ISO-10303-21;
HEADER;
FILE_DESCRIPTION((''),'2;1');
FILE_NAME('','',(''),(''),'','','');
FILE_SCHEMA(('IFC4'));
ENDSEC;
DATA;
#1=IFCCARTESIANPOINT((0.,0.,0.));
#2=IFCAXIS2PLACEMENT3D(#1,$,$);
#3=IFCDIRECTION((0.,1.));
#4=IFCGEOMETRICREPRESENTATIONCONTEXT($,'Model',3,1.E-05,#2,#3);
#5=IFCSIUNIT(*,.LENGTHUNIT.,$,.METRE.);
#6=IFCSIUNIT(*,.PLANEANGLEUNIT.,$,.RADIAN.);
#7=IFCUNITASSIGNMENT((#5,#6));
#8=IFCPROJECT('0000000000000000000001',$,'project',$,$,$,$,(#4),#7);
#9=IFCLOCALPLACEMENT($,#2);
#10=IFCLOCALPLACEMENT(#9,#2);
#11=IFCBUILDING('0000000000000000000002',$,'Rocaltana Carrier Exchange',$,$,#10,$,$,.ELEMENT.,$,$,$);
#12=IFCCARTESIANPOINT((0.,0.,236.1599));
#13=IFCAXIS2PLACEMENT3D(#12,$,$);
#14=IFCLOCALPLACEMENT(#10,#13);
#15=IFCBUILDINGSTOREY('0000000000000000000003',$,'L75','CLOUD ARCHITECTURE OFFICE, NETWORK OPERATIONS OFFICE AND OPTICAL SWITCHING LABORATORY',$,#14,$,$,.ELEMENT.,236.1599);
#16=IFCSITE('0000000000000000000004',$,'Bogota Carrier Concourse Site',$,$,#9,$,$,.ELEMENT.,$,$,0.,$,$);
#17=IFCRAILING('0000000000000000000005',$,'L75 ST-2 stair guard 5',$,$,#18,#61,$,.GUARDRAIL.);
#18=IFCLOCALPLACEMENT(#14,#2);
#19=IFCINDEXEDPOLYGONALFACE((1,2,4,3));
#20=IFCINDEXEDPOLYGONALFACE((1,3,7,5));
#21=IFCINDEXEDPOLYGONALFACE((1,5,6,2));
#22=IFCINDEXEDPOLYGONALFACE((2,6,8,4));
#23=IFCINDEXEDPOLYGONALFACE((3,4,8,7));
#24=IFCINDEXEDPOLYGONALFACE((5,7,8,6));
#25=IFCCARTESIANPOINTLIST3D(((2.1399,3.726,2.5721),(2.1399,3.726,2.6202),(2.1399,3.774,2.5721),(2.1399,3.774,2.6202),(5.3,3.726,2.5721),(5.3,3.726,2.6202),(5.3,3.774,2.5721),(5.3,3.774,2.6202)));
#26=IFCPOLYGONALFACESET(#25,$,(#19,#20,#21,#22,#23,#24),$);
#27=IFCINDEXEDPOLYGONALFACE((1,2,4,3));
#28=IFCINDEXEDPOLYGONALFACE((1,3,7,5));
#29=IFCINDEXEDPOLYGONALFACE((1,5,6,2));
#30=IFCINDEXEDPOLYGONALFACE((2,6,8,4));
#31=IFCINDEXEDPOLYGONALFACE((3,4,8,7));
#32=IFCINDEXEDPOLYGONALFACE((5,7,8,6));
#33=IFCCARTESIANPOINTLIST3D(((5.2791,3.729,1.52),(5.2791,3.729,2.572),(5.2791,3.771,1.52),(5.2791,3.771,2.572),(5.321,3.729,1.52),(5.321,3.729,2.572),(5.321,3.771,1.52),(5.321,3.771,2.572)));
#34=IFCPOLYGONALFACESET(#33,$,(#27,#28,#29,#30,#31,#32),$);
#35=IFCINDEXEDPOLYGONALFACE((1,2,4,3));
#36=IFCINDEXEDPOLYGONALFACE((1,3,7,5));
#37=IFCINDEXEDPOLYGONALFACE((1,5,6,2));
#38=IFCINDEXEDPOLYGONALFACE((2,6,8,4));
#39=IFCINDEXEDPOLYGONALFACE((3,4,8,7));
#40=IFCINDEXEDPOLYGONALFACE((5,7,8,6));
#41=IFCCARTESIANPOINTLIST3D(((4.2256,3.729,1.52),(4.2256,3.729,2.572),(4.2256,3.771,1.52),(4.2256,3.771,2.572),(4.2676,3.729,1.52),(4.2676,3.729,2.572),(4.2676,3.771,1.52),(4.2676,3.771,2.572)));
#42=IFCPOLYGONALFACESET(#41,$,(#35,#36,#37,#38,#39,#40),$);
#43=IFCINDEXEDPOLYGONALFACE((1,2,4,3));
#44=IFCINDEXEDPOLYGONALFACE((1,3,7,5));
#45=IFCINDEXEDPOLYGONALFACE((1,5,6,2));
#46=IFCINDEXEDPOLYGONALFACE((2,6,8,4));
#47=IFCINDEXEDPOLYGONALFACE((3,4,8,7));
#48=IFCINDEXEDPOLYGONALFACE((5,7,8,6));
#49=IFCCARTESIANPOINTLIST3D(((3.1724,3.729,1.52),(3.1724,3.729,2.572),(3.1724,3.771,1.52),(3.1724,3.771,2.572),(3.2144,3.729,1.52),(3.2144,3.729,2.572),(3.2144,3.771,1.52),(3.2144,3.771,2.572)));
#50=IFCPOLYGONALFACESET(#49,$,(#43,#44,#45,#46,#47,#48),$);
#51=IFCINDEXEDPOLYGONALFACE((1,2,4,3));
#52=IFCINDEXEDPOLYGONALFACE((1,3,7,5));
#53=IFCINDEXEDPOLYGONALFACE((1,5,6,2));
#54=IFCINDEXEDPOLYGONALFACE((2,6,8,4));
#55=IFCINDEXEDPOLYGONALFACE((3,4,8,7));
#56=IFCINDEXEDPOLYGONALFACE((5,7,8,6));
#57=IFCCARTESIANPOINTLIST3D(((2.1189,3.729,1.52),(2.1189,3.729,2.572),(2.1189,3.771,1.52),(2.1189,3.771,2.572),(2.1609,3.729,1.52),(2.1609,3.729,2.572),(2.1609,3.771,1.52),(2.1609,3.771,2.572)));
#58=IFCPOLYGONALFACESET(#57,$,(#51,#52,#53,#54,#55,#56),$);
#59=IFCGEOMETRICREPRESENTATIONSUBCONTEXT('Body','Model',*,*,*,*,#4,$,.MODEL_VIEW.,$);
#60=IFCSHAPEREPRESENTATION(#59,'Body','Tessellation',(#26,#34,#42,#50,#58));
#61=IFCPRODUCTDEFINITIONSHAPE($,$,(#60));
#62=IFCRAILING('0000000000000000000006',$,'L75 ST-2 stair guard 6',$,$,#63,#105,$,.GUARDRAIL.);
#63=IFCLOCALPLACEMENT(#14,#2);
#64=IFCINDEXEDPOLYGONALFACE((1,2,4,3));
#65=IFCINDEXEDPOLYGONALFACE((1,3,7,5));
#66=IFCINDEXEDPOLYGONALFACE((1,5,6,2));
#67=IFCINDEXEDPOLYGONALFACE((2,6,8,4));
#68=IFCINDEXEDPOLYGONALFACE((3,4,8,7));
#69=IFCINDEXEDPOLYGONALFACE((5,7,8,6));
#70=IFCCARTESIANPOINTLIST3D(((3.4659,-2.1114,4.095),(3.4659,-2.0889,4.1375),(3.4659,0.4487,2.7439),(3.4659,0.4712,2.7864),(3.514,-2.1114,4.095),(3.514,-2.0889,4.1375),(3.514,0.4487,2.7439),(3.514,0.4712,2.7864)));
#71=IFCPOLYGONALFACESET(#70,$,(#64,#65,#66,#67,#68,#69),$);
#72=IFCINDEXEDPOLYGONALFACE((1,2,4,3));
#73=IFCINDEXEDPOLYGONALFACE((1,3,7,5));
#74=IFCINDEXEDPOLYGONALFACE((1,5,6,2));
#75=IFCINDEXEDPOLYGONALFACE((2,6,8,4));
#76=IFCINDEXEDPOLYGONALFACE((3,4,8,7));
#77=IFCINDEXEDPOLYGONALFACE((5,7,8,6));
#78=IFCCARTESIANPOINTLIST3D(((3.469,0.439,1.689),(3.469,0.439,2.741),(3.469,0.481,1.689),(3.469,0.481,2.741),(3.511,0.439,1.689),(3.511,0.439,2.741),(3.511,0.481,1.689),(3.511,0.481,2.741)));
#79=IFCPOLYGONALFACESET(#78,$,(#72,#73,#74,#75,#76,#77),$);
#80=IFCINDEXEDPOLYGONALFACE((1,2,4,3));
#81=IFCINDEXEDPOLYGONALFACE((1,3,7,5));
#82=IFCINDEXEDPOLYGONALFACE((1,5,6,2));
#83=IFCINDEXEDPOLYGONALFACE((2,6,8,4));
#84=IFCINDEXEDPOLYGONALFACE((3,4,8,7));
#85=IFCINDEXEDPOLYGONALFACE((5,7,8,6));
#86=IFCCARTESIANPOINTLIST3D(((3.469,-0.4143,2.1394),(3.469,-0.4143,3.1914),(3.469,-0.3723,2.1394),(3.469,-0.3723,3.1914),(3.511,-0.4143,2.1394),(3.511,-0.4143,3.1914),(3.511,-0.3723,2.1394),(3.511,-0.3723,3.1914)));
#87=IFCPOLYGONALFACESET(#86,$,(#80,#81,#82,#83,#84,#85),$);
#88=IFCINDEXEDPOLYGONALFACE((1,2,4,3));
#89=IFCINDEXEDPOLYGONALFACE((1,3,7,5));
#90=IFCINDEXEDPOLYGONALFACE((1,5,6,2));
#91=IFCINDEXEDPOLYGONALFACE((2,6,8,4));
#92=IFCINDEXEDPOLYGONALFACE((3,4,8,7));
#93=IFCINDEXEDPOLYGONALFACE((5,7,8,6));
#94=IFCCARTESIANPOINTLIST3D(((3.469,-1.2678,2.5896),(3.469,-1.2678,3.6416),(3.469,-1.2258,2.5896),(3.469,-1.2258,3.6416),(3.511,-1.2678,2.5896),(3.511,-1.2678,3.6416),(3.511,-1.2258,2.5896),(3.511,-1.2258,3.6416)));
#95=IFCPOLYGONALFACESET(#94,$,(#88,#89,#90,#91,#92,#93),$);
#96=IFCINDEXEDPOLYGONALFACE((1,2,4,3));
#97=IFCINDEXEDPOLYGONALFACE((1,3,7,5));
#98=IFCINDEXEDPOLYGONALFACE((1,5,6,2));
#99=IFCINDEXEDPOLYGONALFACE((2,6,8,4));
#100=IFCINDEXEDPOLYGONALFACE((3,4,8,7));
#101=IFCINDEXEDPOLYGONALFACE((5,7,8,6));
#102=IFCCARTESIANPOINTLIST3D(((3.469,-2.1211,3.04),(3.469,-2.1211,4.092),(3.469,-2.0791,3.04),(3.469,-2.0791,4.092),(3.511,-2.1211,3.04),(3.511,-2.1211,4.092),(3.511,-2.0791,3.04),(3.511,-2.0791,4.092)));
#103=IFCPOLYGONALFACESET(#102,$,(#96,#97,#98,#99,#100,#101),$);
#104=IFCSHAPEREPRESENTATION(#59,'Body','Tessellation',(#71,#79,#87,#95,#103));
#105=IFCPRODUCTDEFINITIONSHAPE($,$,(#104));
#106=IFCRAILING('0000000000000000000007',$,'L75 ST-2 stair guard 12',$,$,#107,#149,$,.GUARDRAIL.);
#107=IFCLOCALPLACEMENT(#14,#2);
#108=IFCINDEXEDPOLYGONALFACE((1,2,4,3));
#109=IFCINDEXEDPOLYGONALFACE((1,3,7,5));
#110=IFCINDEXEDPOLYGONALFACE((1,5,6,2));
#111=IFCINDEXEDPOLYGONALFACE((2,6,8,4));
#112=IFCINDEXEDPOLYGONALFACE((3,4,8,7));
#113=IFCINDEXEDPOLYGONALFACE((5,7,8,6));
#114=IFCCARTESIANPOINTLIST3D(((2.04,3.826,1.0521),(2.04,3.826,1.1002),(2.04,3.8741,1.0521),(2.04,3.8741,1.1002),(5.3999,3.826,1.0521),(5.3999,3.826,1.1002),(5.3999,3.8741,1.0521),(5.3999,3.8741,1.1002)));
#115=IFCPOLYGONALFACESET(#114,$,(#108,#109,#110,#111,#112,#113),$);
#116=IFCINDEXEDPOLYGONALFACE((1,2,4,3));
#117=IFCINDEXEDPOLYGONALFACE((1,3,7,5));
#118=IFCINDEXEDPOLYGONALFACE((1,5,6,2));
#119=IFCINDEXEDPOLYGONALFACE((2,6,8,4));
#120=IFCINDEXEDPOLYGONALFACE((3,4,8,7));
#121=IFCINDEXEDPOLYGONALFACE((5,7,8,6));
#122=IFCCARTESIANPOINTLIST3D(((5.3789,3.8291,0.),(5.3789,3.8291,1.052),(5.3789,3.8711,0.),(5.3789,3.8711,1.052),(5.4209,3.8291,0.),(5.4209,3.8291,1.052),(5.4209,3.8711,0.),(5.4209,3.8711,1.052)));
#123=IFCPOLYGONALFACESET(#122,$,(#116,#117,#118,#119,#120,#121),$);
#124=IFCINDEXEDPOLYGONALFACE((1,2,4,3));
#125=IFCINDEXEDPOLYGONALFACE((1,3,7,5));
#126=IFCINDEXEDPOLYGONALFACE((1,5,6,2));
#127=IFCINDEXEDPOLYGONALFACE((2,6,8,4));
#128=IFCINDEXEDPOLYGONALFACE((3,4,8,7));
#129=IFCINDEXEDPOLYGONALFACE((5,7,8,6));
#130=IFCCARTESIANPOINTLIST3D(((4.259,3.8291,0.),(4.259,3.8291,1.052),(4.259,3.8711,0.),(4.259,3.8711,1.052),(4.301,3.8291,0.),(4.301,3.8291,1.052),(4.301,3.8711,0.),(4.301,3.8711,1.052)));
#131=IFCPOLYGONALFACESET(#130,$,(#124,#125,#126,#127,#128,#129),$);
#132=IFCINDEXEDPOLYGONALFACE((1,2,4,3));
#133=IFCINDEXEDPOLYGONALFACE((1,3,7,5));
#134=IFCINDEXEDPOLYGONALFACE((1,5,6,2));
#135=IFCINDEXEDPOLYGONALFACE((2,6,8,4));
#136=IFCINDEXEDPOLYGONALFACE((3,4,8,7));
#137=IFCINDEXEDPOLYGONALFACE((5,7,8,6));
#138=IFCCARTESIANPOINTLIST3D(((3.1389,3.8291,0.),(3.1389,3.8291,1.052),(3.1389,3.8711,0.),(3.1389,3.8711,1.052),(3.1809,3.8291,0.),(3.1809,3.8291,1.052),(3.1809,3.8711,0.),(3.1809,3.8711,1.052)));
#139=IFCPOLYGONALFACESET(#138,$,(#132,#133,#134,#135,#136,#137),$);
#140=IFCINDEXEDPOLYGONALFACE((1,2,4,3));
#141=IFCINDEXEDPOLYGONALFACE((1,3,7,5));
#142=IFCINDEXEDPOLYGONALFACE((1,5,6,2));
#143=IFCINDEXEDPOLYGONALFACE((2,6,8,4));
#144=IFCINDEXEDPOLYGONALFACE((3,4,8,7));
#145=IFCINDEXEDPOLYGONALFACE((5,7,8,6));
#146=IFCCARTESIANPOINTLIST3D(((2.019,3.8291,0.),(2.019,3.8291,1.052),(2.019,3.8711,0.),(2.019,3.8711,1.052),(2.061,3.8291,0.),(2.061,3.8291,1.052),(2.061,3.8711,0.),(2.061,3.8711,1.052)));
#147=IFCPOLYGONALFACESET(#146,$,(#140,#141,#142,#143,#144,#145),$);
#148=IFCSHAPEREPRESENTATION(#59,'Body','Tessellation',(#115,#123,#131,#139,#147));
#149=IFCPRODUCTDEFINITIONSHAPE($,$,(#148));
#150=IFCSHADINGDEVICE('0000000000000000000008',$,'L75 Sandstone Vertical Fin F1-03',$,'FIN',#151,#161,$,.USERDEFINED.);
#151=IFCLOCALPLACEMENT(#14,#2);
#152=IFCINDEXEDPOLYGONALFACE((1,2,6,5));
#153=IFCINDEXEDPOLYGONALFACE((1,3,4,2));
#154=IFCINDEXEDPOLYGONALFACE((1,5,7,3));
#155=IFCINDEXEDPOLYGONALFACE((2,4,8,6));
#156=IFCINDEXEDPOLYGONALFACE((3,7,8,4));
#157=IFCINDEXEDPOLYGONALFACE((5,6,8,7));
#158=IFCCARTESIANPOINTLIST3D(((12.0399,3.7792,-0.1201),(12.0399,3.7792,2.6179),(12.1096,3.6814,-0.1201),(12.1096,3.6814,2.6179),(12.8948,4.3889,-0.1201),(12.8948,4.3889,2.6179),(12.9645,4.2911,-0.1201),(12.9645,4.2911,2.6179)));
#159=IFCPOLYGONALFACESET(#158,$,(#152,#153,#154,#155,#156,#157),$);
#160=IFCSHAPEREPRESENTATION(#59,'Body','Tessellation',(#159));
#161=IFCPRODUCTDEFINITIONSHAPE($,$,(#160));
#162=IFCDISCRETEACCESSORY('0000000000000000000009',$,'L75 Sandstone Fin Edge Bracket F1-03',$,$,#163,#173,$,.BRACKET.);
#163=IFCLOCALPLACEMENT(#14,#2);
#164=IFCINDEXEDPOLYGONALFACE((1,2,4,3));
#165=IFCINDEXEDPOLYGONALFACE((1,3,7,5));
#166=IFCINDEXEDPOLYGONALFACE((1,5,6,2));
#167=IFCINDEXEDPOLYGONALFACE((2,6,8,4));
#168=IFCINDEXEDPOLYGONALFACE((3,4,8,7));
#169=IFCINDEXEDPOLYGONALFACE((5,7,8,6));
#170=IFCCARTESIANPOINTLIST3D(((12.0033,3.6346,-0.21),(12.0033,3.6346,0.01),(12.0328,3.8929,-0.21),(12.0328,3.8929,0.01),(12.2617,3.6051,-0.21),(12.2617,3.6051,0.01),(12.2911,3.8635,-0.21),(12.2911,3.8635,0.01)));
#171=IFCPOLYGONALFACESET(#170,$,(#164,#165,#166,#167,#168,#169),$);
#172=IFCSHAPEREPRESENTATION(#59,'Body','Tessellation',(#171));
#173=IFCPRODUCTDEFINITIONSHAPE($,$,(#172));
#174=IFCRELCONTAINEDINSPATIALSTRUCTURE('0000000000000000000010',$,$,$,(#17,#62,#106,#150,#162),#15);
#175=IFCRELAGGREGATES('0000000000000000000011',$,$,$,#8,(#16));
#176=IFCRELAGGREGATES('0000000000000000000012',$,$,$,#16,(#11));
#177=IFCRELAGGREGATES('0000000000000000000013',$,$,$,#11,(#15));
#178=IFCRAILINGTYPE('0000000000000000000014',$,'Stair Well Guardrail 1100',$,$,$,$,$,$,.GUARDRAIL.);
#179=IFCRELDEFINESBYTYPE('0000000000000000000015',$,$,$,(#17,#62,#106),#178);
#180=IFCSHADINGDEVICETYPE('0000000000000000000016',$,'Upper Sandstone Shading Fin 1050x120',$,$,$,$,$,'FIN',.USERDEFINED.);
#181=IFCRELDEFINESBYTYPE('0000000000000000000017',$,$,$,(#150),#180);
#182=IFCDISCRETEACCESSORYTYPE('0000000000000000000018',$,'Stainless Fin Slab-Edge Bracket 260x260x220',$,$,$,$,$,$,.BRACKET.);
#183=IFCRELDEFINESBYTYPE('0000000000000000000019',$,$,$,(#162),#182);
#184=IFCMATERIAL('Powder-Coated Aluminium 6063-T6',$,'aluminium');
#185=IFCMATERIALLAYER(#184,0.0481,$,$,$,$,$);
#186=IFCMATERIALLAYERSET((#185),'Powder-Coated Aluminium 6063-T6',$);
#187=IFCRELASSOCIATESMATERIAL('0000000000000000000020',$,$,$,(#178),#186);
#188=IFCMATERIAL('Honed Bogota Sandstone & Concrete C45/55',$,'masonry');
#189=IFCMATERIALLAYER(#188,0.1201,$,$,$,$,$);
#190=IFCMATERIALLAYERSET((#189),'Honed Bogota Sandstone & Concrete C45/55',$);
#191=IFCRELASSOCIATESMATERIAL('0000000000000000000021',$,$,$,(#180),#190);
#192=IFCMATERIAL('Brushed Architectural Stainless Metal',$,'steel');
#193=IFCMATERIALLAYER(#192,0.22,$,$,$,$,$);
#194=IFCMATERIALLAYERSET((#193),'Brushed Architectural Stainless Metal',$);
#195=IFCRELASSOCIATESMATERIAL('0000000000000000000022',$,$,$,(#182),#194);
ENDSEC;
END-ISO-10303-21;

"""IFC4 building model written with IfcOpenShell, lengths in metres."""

from ifc_helpers import new_model, si_unit, direction, frame, origin, origin_2d, place, context, subcontext, project, spatial, rectangle, extrude, material, layer, layer_set, type_object, element, save


model = new_model("IFC4")

# Units and contexts
model_context = context("Model", 3, precision=1e-05, world=origin(), true_north=direction((0.0, 1.0)))
body_context = subcontext(model_context, "Body", "Model", "MODEL_VIEW")
ifc_project = project(units=[si_unit("LENGTHUNIT", "METRE"), si_unit("PLANEANGLEUNIT", "RADIAN")], contexts=[model_context])

# Site, building, storey
site_placement = place(None, origin())
site = spatial("IfcSite", under=ifc_project, at=site_placement, Name="Bogota Carrier Concourse Site", CompositionType="ELEMENT", RefElevation=0.0)
building_placement = place(site_placement, origin())
building = spatial("IfcBuilding", under=site, at=building_placement, Name="Rocaltana Carrier Exchange", CompositionType="ELEMENT")
storey_placement = place(building_placement, frame((0.0, 0.0, 236.1599)))
storey = spatial("IfcBuildingStorey", under=building, at=storey_placement, Name="L75", Description="CLOUD ARCHITECTURE OFFICE, NETWORK OPERATIONS OFFICE AND OPTICAL SWITCHING LABORATORY", CompositionType="ELEMENT", Elevation=236.1599)

# Railings
ifc_material_1 = material(Name="Powder-Coated Aluminium 6063-T6", Category="aluminium")
ifc_layer_1 = layer(ifc_material_1, 0.0481)
ifc_layer_set_1 = layer_set([ifc_layer_1], Name="Powder-Coated Aluminium 6063-T6")
railing_type_1 = type_object("IfcRailingType", Name="Stair Well Guardrail 1100", PredefinedType="GUARDRAIL", material=ifc_layer_set_1)
railing_1_placement = place(storey_placement, frame((5.3, 3.75, 1.52)))
element("IfcRailing", 1, at=railing_1_placement, inside=storey, type_object=railing_type_1, Name="L75 ST-2 stair guard 5", PredefinedType="GUARDRAIL", context=body_context, shape_type="SweptSolid", body=[
    extrude(rectangle(XDim=0.0481, YDim=0.0481, at=origin_2d()), frame((0.0, 0.0, 1.0762), z_axis=(-1.0, 0.0, 0.0), x_axis=(0.0, -1.0, 0.0)), (0.0, 0.0, 1.0), 3.1602),
    extrude(rectangle(XDim=0.042, YDim=0.042, at=origin_2d()), origin(), (0.0, 0.0, 1.0), 1.052),
    extrude(rectangle(XDim=0.042, YDim=0.042, at=origin_2d()), frame((-1.0535, 0.0, 0.0)), (0.0, 0.0, 1.0), 1.052),
    extrude(rectangle(XDim=0.042, YDim=0.042, at=origin_2d()), frame((-2.1067, 0.0, 0.0)), (0.0, 0.0, 1.0), 1.052),
    extrude(rectangle(XDim=0.042, YDim=0.042, at=origin_2d()), frame((-3.1602, 0.0, 0.0)), (0.0, 0.0, 1.0), 1.052),
])
railing_2_placement = place(storey_placement, frame((3.49, 0.46, 1.689)))
element("IfcRailing", 2, at=railing_2_placement, inside=storey, type_object=railing_type_1, Name="L75 ST-2 stair guard 6", PredefinedType="GUARDRAIL", context=body_context, shape_type="SweptSolid", body=[
    extrude(rectangle(XDim=0.0481, YDim=0.0481, at=origin_2d()), frame((0.0, 0.0, 1.0762), z_axis=(0.0, -0.884394, 0.46674), x_axis=(1.0, 0.0, 0.0)), (0.0, 0.0, 1.0), 2.8948),
    extrude(rectangle(XDim=0.042, YDim=0.042, at=origin_2d()), origin(), (0.0, 0.0, 1.0), 1.052),
    extrude(rectangle(XDim=0.042, YDim=0.042, at=origin_2d()), frame((0.0, -0.8533, 0.4504)), (0.0, 0.0, 1.0), 1.052),
    extrude(rectangle(XDim=0.042, YDim=0.042, at=origin_2d()), frame((0.0, -1.7068, 0.9006)), (0.0, 0.0, 1.0), 1.052),
    extrude(rectangle(XDim=0.042, YDim=0.042, at=origin_2d()), frame((0.0, -2.5601, 1.3511)), (0.0, 0.0, 1.0), 1.052),
])
railing_3_placement = place(storey_placement, frame((5.3999, 3.8501, 0.0)))
element("IfcRailing", 3, at=railing_3_placement, inside=storey, type_object=railing_type_1, Name="L75 ST-2 stair guard 12", PredefinedType="GUARDRAIL", context=body_context, shape_type="SweptSolid", body=[
    extrude(rectangle(XDim=0.0481, YDim=0.0481, at=origin_2d()), frame((0.0, 0.0, 1.0762), z_axis=(-1.0, 0.0, 0.0), x_axis=(0.0, -1.0, 0.0)), (0.0, 0.0, 1.0), 3.3599),
    extrude(rectangle(XDim=0.042, YDim=0.042, at=origin_2d()), origin(), (0.0, 0.0, 1.0), 1.052),
    extrude(rectangle(XDim=0.042, YDim=0.042, at=origin_2d()), frame((-1.1199, 0.0, 0.0)), (0.0, 0.0, 1.0), 1.052),
    extrude(rectangle(XDim=0.042, YDim=0.042, at=origin_2d()), frame((-2.24, 0.0, 0.0)), (0.0, 0.0, 1.0), 1.052),
    extrude(rectangle(XDim=0.042, YDim=0.042, at=origin_2d()), frame((-3.3599, 0.0, 0.0)), (0.0, 0.0, 1.0), 1.052),
])

# Shading device
ifc_material_2 = material(Name="Honed Bogota Sandstone & Concrete C45/55", Category="masonry")
ifc_layer_2 = layer(ifc_material_2, 0.1201)
ifc_layer_set_2 = layer_set([ifc_layer_2], Name="Honed Bogota Sandstone & Concrete C45/55")
shading_device_type = type_object("IfcShadingDeviceType", Name="Upper Sandstone Shading Fin 1050x120", ElementType="FIN", PredefinedType="USERDEFINED", material=ifc_layer_set_2)
shading_device_placement = place(storey_placement, frame((12.5022, 4.0352, -0.1201), z_axis=(0.0, 0.0, 1.0), x_axis=(0.814116, 0.580703, 0.0)))
element("IfcShadingDevice", 4, at=shading_device_placement, inside=storey, type_object=shading_device_type, Name="L75 Sandstone Vertical Fin F1-03", ObjectType="FIN", PredefinedType="USERDEFINED", context=body_context, shape_type="SweptSolid", body=[
    extrude(rectangle(XDim=1.05, YDim=0.1201, at=origin_2d()), origin(), (0.0, 0.0, 1.0), 2.738),
])

# Discrete accessory
ifc_material_3 = material(Name="Brushed Architectural Stainless Metal", Category="steel")
ifc_layer_3 = layer(ifc_material_3, 0.22)
ifc_layer_set_3 = layer_set([ifc_layer_3], Name="Brushed Architectural Stainless Metal")
discrete_accessory_type = type_object("IfcDiscreteAccessoryType", Name="Stainless Fin Slab-Edge Bracket 260x260x220", PredefinedType="BRACKET", material=ifc_layer_set_3)
discrete_accessory_placement = place(storey_placement, frame((12.1472, 3.749, -0.21), z_axis=(0.0, 0.0, 1.0), x_axis=(0.113203, 0.993572, 0.0)))
element("IfcDiscreteAccessory", 5, at=discrete_accessory_placement, inside=storey, type_object=discrete_accessory_type, Name="L75 Sandstone Fin Edge Bracket F1-03", PredefinedType="BRACKET", context=body_context, shape_type="SweptSolid", body=[
    extrude(rectangle(XDim=0.26, YDim=0.26, at=origin_2d()), origin(), (0.0, 0.0, 1.0), 0.22),
])

save(model, "model.ifc")
